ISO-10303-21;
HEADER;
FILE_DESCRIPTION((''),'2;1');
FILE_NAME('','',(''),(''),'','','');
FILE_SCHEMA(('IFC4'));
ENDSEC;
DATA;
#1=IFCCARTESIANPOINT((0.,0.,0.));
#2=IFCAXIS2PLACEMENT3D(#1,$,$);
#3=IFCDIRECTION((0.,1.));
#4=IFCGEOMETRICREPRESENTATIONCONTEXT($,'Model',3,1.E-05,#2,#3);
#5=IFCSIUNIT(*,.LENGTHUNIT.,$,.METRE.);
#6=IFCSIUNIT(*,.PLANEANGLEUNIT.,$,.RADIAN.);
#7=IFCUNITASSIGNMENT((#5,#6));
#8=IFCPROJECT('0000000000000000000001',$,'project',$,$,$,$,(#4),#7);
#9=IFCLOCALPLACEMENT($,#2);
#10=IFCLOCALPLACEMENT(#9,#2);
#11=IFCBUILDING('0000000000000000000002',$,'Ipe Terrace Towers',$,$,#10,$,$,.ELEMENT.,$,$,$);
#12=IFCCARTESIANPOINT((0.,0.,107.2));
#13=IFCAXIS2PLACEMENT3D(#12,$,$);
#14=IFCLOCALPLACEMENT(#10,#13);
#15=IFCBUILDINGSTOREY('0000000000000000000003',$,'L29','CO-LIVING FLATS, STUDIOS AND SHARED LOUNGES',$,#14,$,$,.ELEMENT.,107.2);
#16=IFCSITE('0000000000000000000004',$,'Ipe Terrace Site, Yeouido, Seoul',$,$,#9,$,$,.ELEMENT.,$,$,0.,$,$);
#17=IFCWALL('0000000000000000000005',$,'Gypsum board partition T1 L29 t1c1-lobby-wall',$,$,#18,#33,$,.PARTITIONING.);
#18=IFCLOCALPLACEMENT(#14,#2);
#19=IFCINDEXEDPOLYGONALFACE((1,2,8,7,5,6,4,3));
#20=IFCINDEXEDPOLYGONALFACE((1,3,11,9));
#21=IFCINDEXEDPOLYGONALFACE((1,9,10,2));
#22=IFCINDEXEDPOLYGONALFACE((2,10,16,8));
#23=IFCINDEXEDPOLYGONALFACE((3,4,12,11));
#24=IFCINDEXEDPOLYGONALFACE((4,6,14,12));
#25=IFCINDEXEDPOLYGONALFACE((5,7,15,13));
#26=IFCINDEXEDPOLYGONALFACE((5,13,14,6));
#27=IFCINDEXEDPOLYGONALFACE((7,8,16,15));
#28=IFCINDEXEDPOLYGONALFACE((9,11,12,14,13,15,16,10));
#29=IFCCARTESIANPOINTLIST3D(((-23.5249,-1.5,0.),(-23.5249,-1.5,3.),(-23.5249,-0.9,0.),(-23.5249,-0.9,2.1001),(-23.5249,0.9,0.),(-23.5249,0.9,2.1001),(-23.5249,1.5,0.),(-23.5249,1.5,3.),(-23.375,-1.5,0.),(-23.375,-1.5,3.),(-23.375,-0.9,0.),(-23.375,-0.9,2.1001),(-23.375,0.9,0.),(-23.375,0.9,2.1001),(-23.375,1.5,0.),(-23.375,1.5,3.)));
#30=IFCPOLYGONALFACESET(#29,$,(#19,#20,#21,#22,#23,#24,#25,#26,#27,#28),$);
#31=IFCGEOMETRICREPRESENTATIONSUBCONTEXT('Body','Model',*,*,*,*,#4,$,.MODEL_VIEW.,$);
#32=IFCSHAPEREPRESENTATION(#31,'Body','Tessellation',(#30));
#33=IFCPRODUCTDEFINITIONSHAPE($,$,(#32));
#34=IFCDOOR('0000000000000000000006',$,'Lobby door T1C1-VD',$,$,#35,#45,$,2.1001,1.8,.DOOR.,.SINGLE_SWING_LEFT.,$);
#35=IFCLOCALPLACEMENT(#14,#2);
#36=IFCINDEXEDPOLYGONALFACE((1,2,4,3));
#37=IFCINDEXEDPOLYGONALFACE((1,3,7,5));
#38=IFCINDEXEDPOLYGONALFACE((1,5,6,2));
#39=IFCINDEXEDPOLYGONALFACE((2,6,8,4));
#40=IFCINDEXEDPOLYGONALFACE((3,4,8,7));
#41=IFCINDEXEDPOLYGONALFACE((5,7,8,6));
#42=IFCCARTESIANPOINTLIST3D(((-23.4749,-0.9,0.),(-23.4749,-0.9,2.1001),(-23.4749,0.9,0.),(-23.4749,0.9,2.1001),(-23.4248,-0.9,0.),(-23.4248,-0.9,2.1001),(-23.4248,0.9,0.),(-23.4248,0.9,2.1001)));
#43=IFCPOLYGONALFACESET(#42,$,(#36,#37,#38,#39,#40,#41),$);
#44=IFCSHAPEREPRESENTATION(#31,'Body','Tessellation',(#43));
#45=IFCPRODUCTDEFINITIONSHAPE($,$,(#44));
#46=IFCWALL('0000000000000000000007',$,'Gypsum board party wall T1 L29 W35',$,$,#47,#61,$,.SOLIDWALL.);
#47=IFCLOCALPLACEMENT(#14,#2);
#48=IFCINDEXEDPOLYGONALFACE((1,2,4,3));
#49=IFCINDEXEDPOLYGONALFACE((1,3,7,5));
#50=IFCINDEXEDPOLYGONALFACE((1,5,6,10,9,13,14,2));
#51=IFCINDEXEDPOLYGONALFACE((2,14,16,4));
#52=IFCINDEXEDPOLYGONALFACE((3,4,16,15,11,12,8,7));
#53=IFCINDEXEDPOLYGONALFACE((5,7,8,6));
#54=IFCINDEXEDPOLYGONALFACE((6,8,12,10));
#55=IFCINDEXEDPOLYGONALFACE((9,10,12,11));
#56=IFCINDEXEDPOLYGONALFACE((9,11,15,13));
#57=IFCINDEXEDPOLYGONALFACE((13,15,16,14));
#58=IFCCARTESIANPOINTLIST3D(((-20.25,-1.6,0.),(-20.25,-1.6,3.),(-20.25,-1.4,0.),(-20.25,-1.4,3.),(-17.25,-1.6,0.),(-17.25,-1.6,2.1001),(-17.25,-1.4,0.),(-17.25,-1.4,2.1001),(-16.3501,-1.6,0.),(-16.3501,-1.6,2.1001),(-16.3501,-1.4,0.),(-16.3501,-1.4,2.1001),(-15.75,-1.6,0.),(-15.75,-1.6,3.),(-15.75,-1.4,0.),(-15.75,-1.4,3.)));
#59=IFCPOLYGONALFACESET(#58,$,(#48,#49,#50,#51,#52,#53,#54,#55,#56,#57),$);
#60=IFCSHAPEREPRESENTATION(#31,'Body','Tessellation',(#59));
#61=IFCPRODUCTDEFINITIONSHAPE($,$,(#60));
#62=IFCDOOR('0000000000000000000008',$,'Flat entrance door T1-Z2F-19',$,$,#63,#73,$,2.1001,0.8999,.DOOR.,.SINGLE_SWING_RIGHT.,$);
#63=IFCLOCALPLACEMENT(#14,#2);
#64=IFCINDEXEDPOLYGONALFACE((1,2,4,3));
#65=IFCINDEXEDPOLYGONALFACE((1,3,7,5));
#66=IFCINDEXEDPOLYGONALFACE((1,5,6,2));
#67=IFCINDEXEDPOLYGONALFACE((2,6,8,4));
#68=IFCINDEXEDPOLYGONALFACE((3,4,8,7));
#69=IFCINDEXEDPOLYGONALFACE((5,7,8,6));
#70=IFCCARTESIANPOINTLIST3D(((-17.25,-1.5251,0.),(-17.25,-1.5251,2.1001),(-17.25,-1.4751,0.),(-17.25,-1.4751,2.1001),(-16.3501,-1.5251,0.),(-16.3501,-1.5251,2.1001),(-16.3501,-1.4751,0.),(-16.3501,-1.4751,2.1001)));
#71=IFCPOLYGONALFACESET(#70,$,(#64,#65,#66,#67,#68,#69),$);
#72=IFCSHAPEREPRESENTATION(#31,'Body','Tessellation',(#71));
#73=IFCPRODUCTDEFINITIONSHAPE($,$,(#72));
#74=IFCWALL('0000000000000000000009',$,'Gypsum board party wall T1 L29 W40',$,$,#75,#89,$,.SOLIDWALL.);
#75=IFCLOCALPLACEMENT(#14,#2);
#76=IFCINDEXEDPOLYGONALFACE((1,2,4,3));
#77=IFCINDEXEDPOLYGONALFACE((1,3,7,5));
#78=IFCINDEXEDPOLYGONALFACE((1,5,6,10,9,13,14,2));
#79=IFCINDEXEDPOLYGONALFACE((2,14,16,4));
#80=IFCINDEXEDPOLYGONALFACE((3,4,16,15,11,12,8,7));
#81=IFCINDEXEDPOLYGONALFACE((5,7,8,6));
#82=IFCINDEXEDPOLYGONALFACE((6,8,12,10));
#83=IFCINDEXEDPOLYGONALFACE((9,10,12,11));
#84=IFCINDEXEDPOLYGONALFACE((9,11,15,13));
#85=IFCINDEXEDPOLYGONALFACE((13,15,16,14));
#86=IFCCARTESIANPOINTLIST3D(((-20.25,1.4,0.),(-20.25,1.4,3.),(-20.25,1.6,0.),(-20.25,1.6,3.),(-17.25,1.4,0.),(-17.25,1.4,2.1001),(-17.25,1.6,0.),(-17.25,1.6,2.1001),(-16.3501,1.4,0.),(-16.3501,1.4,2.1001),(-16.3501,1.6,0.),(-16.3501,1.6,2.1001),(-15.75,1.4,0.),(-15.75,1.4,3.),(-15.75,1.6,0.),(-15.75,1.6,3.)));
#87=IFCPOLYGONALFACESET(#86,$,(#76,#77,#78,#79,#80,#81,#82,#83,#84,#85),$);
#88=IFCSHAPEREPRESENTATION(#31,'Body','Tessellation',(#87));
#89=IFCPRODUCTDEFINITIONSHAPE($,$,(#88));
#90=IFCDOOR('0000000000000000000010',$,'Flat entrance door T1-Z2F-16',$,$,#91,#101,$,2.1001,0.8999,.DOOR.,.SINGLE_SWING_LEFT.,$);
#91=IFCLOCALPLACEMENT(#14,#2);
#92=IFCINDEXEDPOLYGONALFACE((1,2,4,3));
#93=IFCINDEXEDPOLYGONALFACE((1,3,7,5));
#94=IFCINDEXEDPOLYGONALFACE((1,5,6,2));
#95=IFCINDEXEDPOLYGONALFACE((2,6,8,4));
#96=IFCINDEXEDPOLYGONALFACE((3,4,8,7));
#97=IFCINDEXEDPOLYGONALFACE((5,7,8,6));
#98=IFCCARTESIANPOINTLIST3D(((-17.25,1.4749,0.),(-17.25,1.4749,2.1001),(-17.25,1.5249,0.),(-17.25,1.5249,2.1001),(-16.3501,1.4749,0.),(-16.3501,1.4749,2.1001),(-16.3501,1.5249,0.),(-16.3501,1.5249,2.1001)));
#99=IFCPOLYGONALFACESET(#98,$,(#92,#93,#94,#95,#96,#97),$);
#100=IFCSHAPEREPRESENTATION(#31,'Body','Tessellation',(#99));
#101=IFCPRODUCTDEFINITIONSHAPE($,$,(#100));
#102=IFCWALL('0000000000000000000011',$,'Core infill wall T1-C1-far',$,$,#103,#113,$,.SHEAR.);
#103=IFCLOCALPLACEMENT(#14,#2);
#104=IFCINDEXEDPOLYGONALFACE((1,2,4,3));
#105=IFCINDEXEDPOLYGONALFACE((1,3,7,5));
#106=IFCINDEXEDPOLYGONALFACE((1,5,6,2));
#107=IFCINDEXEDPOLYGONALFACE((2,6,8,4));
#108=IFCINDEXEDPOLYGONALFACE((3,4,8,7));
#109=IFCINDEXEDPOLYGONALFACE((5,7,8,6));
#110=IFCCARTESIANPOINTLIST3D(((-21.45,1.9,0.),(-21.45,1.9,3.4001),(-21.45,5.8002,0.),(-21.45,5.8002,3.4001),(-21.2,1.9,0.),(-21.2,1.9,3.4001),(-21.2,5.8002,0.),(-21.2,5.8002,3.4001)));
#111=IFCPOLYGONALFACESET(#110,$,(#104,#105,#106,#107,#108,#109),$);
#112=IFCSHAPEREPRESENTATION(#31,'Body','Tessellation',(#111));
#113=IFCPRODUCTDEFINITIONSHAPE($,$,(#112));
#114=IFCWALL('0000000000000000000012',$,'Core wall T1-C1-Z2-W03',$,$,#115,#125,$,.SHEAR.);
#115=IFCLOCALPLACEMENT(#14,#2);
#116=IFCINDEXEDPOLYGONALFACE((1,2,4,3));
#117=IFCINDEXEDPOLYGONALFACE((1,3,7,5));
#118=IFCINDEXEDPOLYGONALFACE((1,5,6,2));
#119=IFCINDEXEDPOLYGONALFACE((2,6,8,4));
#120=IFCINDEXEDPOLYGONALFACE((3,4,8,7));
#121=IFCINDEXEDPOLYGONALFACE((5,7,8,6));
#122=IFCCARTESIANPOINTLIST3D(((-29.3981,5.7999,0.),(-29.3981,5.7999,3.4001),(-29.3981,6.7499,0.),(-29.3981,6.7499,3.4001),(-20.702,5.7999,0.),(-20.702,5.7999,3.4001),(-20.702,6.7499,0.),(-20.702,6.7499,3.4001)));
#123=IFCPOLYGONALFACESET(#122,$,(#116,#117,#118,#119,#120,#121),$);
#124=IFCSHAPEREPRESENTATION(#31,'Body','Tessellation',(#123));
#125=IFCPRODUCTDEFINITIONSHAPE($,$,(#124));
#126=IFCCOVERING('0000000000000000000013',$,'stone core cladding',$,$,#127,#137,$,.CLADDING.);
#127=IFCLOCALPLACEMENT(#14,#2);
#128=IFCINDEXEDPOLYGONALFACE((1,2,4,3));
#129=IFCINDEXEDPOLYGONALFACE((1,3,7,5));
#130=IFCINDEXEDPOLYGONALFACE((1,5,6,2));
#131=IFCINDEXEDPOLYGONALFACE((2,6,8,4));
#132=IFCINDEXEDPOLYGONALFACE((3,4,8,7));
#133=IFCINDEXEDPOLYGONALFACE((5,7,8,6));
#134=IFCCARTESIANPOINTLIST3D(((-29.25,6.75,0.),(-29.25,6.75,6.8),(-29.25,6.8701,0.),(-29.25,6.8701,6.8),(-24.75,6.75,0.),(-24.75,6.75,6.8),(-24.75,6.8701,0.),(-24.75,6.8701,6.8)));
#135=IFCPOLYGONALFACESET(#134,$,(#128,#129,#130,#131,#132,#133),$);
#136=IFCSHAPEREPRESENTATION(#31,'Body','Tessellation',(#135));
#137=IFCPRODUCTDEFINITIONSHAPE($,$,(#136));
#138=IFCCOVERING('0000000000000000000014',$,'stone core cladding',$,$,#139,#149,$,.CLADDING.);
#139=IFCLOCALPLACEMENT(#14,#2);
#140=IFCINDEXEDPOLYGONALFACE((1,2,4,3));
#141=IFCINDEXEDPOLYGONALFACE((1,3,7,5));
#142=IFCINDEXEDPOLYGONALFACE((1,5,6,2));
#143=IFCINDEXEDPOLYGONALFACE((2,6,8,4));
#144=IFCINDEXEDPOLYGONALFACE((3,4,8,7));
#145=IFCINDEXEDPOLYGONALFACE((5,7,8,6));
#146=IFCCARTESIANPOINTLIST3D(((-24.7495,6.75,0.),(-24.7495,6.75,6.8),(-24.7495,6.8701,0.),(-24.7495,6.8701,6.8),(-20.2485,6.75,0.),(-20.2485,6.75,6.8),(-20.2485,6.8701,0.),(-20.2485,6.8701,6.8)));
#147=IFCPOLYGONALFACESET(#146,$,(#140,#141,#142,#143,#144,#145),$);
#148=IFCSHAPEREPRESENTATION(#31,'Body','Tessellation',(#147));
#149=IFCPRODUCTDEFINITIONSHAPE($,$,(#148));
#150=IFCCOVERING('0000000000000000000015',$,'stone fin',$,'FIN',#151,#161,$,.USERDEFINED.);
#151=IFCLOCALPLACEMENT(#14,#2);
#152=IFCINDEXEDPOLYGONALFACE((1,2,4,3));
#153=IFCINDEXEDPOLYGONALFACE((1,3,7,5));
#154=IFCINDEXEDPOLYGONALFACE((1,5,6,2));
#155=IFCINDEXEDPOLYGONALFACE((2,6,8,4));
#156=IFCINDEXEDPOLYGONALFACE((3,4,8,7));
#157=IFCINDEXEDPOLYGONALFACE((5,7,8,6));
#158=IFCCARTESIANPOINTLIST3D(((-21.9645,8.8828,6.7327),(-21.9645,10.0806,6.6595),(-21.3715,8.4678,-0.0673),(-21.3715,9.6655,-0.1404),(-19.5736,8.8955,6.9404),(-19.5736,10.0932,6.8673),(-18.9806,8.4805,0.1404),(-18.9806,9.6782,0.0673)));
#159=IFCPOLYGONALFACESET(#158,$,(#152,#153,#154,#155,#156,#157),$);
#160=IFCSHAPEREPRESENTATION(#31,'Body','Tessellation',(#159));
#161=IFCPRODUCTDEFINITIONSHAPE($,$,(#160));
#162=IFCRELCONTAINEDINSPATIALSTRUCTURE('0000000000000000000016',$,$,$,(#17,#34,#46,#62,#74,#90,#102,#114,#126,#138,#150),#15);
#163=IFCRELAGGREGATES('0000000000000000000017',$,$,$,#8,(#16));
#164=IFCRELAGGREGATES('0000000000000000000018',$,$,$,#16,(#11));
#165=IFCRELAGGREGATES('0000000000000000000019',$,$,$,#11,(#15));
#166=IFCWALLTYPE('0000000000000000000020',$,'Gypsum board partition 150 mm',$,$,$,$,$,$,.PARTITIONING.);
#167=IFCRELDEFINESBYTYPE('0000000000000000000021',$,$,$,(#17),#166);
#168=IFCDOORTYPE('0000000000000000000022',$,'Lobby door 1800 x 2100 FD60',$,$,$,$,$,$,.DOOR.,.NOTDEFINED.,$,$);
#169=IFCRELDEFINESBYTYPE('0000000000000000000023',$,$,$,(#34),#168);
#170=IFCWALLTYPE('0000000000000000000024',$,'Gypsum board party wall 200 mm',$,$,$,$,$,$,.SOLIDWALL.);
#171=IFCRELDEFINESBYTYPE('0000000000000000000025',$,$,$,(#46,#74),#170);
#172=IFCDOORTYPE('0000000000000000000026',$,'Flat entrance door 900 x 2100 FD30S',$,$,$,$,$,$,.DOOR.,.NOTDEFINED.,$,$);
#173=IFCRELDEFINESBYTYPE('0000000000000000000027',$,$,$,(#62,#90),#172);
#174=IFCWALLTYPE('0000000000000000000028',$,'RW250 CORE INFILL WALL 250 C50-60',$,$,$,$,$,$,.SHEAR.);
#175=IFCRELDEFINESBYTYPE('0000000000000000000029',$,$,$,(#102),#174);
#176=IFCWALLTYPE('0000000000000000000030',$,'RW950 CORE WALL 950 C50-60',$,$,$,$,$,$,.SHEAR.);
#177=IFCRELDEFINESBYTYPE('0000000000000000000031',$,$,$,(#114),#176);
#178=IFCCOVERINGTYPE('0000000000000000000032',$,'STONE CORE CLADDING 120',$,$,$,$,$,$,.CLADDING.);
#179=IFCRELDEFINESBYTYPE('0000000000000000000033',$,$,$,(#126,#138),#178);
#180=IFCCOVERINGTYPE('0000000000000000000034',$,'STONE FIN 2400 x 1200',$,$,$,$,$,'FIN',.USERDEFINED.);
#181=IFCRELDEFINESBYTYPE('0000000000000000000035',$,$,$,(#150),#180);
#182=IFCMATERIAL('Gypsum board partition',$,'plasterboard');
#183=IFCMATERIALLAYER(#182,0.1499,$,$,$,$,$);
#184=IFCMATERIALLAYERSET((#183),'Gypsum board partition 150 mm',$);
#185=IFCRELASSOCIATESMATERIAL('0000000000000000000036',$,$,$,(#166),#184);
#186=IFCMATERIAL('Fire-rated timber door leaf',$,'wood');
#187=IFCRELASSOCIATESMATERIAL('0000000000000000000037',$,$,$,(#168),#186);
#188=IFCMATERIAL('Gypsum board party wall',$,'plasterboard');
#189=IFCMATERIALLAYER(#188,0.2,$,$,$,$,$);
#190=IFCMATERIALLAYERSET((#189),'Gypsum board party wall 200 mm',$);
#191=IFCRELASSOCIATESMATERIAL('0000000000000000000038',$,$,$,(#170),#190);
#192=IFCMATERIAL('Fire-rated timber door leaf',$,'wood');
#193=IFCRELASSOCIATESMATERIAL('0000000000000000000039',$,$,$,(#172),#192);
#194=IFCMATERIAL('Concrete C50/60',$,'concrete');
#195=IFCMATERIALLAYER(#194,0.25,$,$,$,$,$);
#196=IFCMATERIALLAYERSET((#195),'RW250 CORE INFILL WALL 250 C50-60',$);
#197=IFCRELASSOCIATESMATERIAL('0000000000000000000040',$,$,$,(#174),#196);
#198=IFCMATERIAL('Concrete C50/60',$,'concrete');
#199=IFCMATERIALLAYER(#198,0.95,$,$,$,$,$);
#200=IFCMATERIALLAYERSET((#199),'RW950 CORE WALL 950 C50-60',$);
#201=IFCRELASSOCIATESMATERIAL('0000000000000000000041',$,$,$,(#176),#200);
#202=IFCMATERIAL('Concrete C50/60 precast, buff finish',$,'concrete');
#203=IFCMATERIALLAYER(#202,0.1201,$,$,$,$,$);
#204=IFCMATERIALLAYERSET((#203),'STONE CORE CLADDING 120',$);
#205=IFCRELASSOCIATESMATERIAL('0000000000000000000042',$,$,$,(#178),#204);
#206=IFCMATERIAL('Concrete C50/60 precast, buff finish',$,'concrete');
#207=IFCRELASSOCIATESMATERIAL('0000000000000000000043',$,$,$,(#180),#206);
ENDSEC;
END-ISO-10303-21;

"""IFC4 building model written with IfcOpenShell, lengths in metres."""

from ifc_helpers import new_model, si_unit, direction, frame, frame_2d, origin, origin_2d, place, context, subcontext, project, spatial, rectangle, extrude, material, layer, layer_set, material_profile, profile_set, type_object, element, fill, save


model = new_model("IFC4")

# Units and contexts
model_context = context("Model", 3, precision=1e-05, world=origin(), true_north=direction((0.0, 1.0)))
body_context = subcontext(model_context, "Body", "Model", "MODEL_VIEW")
ifc_project = project(units=[si_unit("LENGTHUNIT", "METRE"), si_unit("PLANEANGLEUNIT", "RADIAN")], contexts=[model_context])

# Site, building, storey
site_placement = place(None, origin())
site = spatial("IfcSite", under=ifc_project, at=site_placement, Name="Ipe Terrace Site, Yeouido, Seoul", CompositionType="ELEMENT", RefElevation=0.0)
building_placement = place(site_placement, origin())
building = spatial("IfcBuilding", under=site, at=building_placement, Name="Ipe Terrace Towers", CompositionType="ELEMENT")
storey_placement = place(building_placement, frame((0.0, 0.0, 107.2)))
storey = spatial("IfcBuildingStorey", under=building, at=storey_placement, Name="L29", Description="CO-LIVING FLATS, STUDIOS AND SHARED LOUNGES", CompositionType="ELEMENT", Elevation=107.2)

# Walls, openings, doors
ifc_material_1 = material(Name="Gypsum board partition", Category="plasterboard")
ifc_layer_1 = layer(ifc_material_1, 0.1499)
ifc_layer_set_1 = layer_set([ifc_layer_1], Name="Gypsum board partition 150 mm")
wall_type_1 = type_object("IfcWallType", Name="Gypsum board partition 150 mm", PredefinedType="PARTITIONING", material=ifc_layer_set_1)
wall_1_placement = place(storey_placement, frame((-23.45, -1.5, 0.0), z_axis=(0.0, 0.0, 1.0), x_axis=(0.0, 1.0, 0.0)))
wall_1 = element("IfcWall", 1, at=wall_1_placement, inside=storey, type_object=wall_type_1, Name="Gypsum board partition T1 L29 t1c1-lobby-wall", PredefinedType="PARTITIONING", context=body_context, shape_type="SweptSolid", body=[
    extrude(rectangle(XDim=3.0, YDim=0.1499, at=frame_2d((1.5, 0.0))), origin(), (0.0, 0.0, 1.0), 3.0),
])
opening_1_placement = place(wall_1_placement, frame((0.6001, 0.0, 0.0)))
opening_1 = element("IfcOpeningElement", 2, at=opening_1_placement, cuts=wall_1, PredefinedType="OPENING", context=body_context, shape_type="SweptSolid", body=[
    extrude(rectangle(XDim=1.8, YDim=2.1001, at=frame_2d((0.8999, 1.05))), frame((0.0, 0.085, 0.0), z_axis=(0.0, -1.0, 0.0), x_axis=(1.0, 0.0, 0.0)), (0.0, 0.0, 1.0), 0.1699),
])
ifc_material_2 = material(Name="Fire-rated timber door leaf", Category="wood")
door_type_1 = type_object("IfcDoorType", Name="Lobby door 1800 x 2100 FD60", OperationType="NOTDEFINED", PredefinedType="DOOR", material=ifc_material_2)
door_1_placement = place(opening_1_placement, origin())
door_1 = element("IfcDoor", 3, at=door_1_placement, inside=storey, type_object=door_type_1, Name="Lobby door T1C1-VD", OperationType="SINGLE_SWING_LEFT", OverallHeight=2.1001, OverallWidth=1.8, PredefinedType="DOOR", context=body_context, shape_type="SweptSolid", body=[
    extrude(rectangle(XDim=1.8, YDim=2.1001, at=frame_2d((0.8999, 1.05))), frame((0.0, 0.0249, 0.0), z_axis=(0.0, -1.0, 0.0), x_axis=(1.0, 0.0, 0.0)), (0.0, 0.0, 1.0), 0.05),
])
fill(opening_1, door_1)
ifc_material_3 = material(Name="Gypsum board party wall", Category="plasterboard")
ifc_layer_2 = layer(ifc_material_3, 0.2)
ifc_layer_set_2 = layer_set([ifc_layer_2], Name="Gypsum board party wall 200 mm")
wall_type_2 = type_object("IfcWallType", Name="Gypsum board party wall 200 mm", PredefinedType="SOLIDWALL", material=ifc_layer_set_2)
wall_2_placement = place(storey_placement, frame((-20.25, -1.5, 0.0), z_axis=(0.0, 0.0, 1.0), x_axis=(1.0, 0.0, 0.0)))
wall_2 = element("IfcWall", 4, at=wall_2_placement, inside=storey, type_object=wall_type_2, Name="Gypsum board party wall T1 L29 W35", PredefinedType="SOLIDWALL", context=body_context, shape_type="SweptSolid", body=[
    extrude(rectangle(XDim=4.5, YDim=0.2, at=frame_2d((2.25, 0.0))), origin(), (0.0, 0.0, 1.0), 3.0),
])
opening_2_placement = place(wall_2_placement, frame((3.0, 0.0, 0.0)))
opening_2 = element("IfcOpeningElement", 5, at=opening_2_placement, cuts=wall_2, PredefinedType="OPENING", context=body_context, shape_type="SweptSolid", body=[
    extrude(rectangle(XDim=0.8999, YDim=2.1001, at=frame_2d((0.45, 1.05))), frame((0.0, 0.1099, 0.0), z_axis=(0.0, -1.0, 0.0), x_axis=(1.0, 0.0, 0.0)), (0.0, 0.0, 1.0), 0.22),
])
ifc_material_4 = material(Name="Fire-rated timber door leaf", Category="wood")
door_type_2 = type_object("IfcDoorType", Name="Flat entrance door 900 x 2100 FD30S", OperationType="NOTDEFINED", PredefinedType="DOOR", material=ifc_material_4)
door_2_placement = place(opening_2_placement, origin())
door_2 = element("IfcDoor", 6, at=door_2_placement, inside=storey, type_object=door_type_2, Name="Flat entrance door T1-Z2F-19", OperationType="SINGLE_SWING_RIGHT", OverallHeight=2.1001, OverallWidth=0.8999, PredefinedType="DOOR", context=body_context, shape_type="SweptSolid", body=[
    extrude(rectangle(XDim=0.8999, YDim=2.1001, at=frame_2d((0.45, 1.05))), frame((0.0, 0.0249, 0.0), z_axis=(0.0, -1.0, 0.0), x_axis=(1.0, 0.0, 0.0)), (0.0, 0.0, 1.0), 0.05),
])
fill(opening_2, door_2)
wall_3_placement = place(storey_placement, frame((-20.25, 1.5, 0.0), z_axis=(0.0, 0.0, 1.0), x_axis=(1.0, 0.0, 0.0)))
wall_3 = element("IfcWall", 7, at=wall_3_placement, inside=storey, type_object=wall_type_2, Name="Gypsum board party wall T1 L29 W40", PredefinedType="SOLIDWALL", context=body_context, shape_type="SweptSolid", body=[
    extrude(rectangle(XDim=4.5, YDim=0.2, at=frame_2d((2.25, 0.0))), origin(), (0.0, 0.0, 1.0), 3.0),
])
opening_3_placement = place(wall_3_placement, frame((3.0, 0.0, 0.0)))
opening_3 = element("IfcOpeningElement", 8, at=opening_3_placement, cuts=wall_3, PredefinedType="OPENING", context=body_context, shape_type="SweptSolid", body=[
    extrude(rectangle(XDim=0.8999, YDim=2.1001, at=frame_2d((0.45, 1.05))), frame((0.0, 0.1099, 0.0), z_axis=(0.0, -1.0, 0.0), x_axis=(1.0, 0.0, 0.0)), (0.0, 0.0, 1.0), 0.22),
])
door_3_placement = place(opening_3_placement, origin())
door_3 = element("IfcDoor", 9, at=door_3_placement, inside=storey, type_object=door_type_2, Name="Flat entrance door T1-Z2F-16", OperationType="SINGLE_SWING_LEFT", OverallHeight=2.1001, OverallWidth=0.8999, PredefinedType="DOOR", context=body_context, shape_type="SweptSolid", body=[
    extrude(rectangle(XDim=0.8999, YDim=2.1001, at=frame_2d((0.45, 1.05))), frame((0.0, 0.0249, 0.0), z_axis=(0.0, -1.0, 0.0), x_axis=(1.0, 0.0, 0.0)), (0.0, 0.0, 1.0), 0.05),
])
fill(opening_3, door_3)

# Walls
ifc_material_5 = material(Name="Concrete C50/60", Category="concrete")
ifc_layer_3 = layer(ifc_material_5, 0.25)
ifc_layer_set_3 = layer_set([ifc_layer_3], Name="RW250 CORE INFILL WALL 250 C50-60")
wall_type_3 = type_object("IfcWallType", Name="RW250 CORE INFILL WALL 250 C50-60", PredefinedType="SHEAR", material=ifc_layer_set_3)
wall_4_placement = place(storey_placement, frame((-21.325, 1.8999, 0.0), z_axis=(0.0, 0.0, 1.0), x_axis=(0.0, 1.0, 0.0)))
element("IfcWall", 10, at=wall_4_placement, inside=storey, type_object=wall_type_3, Name="Core infill wall T1-C1-far", PredefinedType="SHEAR", context=body_context, shape_type="SweptSolid", body=[
    extrude(rectangle(XDim=3.9001, YDim=0.25, at=frame_2d((1.9502, 0.0))), origin(), (0.0, 0.0, 1.0), 3.4001),
])
ifc_material_6 = material(Name="Concrete C50/60", Category="concrete")
ifc_layer_4 = layer(ifc_material_6, 0.95)
ifc_layer_set_4 = layer_set([ifc_layer_4], Name="RW950 CORE WALL 950 C50-60")
wall_type_4 = type_object("IfcWallType", Name="RW950 CORE WALL 950 C50-60", PredefinedType="SHEAR", material=ifc_layer_set_4)
wall_5_placement = place(storey_placement, frame((-20.7019, 6.2749, 0.0), z_axis=(0.0, 0.0, 1.0), x_axis=(-1.0, 0.0, 0.0)))
element("IfcWall", 11, at=wall_5_placement, inside=storey, type_object=wall_type_4, Name="Core wall T1-C1-Z2-W03", PredefinedType="SHEAR", context=body_context, shape_type="SweptSolid", body=[
    extrude(rectangle(XDim=8.696, YDim=0.95, at=frame_2d((4.3481, 0.0))), origin(), (0.0, 0.0, 1.0), 3.4001),
])

# Coverings
ifc_material_7 = material(Name="Concrete C50/60 precast, buff finish", Category="concrete")
ifc_layer_5 = layer(ifc_material_7, 0.1201)
ifc_layer_set_5 = layer_set([ifc_layer_5], Name="STONE CORE CLADDING 120")
covering_type_1 = type_object("IfcCoveringType", Name="STONE CORE CLADDING 120", PredefinedType="CLADDING", material=ifc_layer_set_5)
covering_1_placement = place(storey_placement, frame((-27.0, 6.8101, 0.0), z_axis=(0.0, 0.0, 1.0), x_axis=(-1.0, 0.0, 0.0)))
element("IfcCovering", 12, at=covering_1_placement, inside=storey, type_object=covering_type_1, Name="stone core cladding", PredefinedType="CLADDING", context=body_context, shape_type="SweptSolid", body=[
    extrude(rectangle(XDim=4.5, YDim=0.1201, at=origin_2d()), origin(), (0.0, 0.0, 1.0), 6.8),
])
covering_2_placement = place(storey_placement, frame((-22.499, 6.8101, 0.0), z_axis=(0.0, 0.0, 1.0), x_axis=(-1.0, 0.0, 0.0)))
element("IfcCovering", 13, at=covering_2_placement, inside=storey, type_object=covering_type_1, Name="stone core cladding", PredefinedType="CLADDING", context=body_context, shape_type="SweptSolid", body=[
    extrude(rectangle(XDim=4.501, YDim=0.1201, at=origin_2d()), origin(), (0.0, 0.0, 1.0), 6.8),
])
ifc_material_8 = material(Name="Concrete C50/60 precast, buff finish", Category="concrete")
ifc_material_profile_1 = material_profile(ifc_material_8, rectangle(XDim=2.3999, YDim=1.2, at=origin_2d()), Name="STONE FIN 2400 x 1200")
ifc_profile_set_1 = profile_set([ifc_material_profile_1], Name="Concrete C50/60 precast, buff finish")
covering_type_2 = type_object("IfcCoveringType", Name="STONE FIN 2400 x 1200", ElementType="FIN", PredefinedType="USERDEFINED", material=ifc_profile_set_1)
covering_3_placement = place(storey_placement, frame((-20.176, 9.073, 0.0), z_axis=(-0.086718, 0.060692, 0.994382), x_axis=(-0.996233, -0.005283, -0.086557)))
element("IfcCovering", 14, at=covering_3_placement, inside=storey, type_object=covering_type_2, Name="stone fin", ObjectType="FIN", PredefinedType="USERDEFINED", context=body_context, shape_type="SweptSolid", body=[
    extrude(rectangle(XDim=2.3999, YDim=1.2, at=origin_2d()), origin(), (0.0, 0.0, 1.0), 6.8384),
])

save(model, "model.ifc")
